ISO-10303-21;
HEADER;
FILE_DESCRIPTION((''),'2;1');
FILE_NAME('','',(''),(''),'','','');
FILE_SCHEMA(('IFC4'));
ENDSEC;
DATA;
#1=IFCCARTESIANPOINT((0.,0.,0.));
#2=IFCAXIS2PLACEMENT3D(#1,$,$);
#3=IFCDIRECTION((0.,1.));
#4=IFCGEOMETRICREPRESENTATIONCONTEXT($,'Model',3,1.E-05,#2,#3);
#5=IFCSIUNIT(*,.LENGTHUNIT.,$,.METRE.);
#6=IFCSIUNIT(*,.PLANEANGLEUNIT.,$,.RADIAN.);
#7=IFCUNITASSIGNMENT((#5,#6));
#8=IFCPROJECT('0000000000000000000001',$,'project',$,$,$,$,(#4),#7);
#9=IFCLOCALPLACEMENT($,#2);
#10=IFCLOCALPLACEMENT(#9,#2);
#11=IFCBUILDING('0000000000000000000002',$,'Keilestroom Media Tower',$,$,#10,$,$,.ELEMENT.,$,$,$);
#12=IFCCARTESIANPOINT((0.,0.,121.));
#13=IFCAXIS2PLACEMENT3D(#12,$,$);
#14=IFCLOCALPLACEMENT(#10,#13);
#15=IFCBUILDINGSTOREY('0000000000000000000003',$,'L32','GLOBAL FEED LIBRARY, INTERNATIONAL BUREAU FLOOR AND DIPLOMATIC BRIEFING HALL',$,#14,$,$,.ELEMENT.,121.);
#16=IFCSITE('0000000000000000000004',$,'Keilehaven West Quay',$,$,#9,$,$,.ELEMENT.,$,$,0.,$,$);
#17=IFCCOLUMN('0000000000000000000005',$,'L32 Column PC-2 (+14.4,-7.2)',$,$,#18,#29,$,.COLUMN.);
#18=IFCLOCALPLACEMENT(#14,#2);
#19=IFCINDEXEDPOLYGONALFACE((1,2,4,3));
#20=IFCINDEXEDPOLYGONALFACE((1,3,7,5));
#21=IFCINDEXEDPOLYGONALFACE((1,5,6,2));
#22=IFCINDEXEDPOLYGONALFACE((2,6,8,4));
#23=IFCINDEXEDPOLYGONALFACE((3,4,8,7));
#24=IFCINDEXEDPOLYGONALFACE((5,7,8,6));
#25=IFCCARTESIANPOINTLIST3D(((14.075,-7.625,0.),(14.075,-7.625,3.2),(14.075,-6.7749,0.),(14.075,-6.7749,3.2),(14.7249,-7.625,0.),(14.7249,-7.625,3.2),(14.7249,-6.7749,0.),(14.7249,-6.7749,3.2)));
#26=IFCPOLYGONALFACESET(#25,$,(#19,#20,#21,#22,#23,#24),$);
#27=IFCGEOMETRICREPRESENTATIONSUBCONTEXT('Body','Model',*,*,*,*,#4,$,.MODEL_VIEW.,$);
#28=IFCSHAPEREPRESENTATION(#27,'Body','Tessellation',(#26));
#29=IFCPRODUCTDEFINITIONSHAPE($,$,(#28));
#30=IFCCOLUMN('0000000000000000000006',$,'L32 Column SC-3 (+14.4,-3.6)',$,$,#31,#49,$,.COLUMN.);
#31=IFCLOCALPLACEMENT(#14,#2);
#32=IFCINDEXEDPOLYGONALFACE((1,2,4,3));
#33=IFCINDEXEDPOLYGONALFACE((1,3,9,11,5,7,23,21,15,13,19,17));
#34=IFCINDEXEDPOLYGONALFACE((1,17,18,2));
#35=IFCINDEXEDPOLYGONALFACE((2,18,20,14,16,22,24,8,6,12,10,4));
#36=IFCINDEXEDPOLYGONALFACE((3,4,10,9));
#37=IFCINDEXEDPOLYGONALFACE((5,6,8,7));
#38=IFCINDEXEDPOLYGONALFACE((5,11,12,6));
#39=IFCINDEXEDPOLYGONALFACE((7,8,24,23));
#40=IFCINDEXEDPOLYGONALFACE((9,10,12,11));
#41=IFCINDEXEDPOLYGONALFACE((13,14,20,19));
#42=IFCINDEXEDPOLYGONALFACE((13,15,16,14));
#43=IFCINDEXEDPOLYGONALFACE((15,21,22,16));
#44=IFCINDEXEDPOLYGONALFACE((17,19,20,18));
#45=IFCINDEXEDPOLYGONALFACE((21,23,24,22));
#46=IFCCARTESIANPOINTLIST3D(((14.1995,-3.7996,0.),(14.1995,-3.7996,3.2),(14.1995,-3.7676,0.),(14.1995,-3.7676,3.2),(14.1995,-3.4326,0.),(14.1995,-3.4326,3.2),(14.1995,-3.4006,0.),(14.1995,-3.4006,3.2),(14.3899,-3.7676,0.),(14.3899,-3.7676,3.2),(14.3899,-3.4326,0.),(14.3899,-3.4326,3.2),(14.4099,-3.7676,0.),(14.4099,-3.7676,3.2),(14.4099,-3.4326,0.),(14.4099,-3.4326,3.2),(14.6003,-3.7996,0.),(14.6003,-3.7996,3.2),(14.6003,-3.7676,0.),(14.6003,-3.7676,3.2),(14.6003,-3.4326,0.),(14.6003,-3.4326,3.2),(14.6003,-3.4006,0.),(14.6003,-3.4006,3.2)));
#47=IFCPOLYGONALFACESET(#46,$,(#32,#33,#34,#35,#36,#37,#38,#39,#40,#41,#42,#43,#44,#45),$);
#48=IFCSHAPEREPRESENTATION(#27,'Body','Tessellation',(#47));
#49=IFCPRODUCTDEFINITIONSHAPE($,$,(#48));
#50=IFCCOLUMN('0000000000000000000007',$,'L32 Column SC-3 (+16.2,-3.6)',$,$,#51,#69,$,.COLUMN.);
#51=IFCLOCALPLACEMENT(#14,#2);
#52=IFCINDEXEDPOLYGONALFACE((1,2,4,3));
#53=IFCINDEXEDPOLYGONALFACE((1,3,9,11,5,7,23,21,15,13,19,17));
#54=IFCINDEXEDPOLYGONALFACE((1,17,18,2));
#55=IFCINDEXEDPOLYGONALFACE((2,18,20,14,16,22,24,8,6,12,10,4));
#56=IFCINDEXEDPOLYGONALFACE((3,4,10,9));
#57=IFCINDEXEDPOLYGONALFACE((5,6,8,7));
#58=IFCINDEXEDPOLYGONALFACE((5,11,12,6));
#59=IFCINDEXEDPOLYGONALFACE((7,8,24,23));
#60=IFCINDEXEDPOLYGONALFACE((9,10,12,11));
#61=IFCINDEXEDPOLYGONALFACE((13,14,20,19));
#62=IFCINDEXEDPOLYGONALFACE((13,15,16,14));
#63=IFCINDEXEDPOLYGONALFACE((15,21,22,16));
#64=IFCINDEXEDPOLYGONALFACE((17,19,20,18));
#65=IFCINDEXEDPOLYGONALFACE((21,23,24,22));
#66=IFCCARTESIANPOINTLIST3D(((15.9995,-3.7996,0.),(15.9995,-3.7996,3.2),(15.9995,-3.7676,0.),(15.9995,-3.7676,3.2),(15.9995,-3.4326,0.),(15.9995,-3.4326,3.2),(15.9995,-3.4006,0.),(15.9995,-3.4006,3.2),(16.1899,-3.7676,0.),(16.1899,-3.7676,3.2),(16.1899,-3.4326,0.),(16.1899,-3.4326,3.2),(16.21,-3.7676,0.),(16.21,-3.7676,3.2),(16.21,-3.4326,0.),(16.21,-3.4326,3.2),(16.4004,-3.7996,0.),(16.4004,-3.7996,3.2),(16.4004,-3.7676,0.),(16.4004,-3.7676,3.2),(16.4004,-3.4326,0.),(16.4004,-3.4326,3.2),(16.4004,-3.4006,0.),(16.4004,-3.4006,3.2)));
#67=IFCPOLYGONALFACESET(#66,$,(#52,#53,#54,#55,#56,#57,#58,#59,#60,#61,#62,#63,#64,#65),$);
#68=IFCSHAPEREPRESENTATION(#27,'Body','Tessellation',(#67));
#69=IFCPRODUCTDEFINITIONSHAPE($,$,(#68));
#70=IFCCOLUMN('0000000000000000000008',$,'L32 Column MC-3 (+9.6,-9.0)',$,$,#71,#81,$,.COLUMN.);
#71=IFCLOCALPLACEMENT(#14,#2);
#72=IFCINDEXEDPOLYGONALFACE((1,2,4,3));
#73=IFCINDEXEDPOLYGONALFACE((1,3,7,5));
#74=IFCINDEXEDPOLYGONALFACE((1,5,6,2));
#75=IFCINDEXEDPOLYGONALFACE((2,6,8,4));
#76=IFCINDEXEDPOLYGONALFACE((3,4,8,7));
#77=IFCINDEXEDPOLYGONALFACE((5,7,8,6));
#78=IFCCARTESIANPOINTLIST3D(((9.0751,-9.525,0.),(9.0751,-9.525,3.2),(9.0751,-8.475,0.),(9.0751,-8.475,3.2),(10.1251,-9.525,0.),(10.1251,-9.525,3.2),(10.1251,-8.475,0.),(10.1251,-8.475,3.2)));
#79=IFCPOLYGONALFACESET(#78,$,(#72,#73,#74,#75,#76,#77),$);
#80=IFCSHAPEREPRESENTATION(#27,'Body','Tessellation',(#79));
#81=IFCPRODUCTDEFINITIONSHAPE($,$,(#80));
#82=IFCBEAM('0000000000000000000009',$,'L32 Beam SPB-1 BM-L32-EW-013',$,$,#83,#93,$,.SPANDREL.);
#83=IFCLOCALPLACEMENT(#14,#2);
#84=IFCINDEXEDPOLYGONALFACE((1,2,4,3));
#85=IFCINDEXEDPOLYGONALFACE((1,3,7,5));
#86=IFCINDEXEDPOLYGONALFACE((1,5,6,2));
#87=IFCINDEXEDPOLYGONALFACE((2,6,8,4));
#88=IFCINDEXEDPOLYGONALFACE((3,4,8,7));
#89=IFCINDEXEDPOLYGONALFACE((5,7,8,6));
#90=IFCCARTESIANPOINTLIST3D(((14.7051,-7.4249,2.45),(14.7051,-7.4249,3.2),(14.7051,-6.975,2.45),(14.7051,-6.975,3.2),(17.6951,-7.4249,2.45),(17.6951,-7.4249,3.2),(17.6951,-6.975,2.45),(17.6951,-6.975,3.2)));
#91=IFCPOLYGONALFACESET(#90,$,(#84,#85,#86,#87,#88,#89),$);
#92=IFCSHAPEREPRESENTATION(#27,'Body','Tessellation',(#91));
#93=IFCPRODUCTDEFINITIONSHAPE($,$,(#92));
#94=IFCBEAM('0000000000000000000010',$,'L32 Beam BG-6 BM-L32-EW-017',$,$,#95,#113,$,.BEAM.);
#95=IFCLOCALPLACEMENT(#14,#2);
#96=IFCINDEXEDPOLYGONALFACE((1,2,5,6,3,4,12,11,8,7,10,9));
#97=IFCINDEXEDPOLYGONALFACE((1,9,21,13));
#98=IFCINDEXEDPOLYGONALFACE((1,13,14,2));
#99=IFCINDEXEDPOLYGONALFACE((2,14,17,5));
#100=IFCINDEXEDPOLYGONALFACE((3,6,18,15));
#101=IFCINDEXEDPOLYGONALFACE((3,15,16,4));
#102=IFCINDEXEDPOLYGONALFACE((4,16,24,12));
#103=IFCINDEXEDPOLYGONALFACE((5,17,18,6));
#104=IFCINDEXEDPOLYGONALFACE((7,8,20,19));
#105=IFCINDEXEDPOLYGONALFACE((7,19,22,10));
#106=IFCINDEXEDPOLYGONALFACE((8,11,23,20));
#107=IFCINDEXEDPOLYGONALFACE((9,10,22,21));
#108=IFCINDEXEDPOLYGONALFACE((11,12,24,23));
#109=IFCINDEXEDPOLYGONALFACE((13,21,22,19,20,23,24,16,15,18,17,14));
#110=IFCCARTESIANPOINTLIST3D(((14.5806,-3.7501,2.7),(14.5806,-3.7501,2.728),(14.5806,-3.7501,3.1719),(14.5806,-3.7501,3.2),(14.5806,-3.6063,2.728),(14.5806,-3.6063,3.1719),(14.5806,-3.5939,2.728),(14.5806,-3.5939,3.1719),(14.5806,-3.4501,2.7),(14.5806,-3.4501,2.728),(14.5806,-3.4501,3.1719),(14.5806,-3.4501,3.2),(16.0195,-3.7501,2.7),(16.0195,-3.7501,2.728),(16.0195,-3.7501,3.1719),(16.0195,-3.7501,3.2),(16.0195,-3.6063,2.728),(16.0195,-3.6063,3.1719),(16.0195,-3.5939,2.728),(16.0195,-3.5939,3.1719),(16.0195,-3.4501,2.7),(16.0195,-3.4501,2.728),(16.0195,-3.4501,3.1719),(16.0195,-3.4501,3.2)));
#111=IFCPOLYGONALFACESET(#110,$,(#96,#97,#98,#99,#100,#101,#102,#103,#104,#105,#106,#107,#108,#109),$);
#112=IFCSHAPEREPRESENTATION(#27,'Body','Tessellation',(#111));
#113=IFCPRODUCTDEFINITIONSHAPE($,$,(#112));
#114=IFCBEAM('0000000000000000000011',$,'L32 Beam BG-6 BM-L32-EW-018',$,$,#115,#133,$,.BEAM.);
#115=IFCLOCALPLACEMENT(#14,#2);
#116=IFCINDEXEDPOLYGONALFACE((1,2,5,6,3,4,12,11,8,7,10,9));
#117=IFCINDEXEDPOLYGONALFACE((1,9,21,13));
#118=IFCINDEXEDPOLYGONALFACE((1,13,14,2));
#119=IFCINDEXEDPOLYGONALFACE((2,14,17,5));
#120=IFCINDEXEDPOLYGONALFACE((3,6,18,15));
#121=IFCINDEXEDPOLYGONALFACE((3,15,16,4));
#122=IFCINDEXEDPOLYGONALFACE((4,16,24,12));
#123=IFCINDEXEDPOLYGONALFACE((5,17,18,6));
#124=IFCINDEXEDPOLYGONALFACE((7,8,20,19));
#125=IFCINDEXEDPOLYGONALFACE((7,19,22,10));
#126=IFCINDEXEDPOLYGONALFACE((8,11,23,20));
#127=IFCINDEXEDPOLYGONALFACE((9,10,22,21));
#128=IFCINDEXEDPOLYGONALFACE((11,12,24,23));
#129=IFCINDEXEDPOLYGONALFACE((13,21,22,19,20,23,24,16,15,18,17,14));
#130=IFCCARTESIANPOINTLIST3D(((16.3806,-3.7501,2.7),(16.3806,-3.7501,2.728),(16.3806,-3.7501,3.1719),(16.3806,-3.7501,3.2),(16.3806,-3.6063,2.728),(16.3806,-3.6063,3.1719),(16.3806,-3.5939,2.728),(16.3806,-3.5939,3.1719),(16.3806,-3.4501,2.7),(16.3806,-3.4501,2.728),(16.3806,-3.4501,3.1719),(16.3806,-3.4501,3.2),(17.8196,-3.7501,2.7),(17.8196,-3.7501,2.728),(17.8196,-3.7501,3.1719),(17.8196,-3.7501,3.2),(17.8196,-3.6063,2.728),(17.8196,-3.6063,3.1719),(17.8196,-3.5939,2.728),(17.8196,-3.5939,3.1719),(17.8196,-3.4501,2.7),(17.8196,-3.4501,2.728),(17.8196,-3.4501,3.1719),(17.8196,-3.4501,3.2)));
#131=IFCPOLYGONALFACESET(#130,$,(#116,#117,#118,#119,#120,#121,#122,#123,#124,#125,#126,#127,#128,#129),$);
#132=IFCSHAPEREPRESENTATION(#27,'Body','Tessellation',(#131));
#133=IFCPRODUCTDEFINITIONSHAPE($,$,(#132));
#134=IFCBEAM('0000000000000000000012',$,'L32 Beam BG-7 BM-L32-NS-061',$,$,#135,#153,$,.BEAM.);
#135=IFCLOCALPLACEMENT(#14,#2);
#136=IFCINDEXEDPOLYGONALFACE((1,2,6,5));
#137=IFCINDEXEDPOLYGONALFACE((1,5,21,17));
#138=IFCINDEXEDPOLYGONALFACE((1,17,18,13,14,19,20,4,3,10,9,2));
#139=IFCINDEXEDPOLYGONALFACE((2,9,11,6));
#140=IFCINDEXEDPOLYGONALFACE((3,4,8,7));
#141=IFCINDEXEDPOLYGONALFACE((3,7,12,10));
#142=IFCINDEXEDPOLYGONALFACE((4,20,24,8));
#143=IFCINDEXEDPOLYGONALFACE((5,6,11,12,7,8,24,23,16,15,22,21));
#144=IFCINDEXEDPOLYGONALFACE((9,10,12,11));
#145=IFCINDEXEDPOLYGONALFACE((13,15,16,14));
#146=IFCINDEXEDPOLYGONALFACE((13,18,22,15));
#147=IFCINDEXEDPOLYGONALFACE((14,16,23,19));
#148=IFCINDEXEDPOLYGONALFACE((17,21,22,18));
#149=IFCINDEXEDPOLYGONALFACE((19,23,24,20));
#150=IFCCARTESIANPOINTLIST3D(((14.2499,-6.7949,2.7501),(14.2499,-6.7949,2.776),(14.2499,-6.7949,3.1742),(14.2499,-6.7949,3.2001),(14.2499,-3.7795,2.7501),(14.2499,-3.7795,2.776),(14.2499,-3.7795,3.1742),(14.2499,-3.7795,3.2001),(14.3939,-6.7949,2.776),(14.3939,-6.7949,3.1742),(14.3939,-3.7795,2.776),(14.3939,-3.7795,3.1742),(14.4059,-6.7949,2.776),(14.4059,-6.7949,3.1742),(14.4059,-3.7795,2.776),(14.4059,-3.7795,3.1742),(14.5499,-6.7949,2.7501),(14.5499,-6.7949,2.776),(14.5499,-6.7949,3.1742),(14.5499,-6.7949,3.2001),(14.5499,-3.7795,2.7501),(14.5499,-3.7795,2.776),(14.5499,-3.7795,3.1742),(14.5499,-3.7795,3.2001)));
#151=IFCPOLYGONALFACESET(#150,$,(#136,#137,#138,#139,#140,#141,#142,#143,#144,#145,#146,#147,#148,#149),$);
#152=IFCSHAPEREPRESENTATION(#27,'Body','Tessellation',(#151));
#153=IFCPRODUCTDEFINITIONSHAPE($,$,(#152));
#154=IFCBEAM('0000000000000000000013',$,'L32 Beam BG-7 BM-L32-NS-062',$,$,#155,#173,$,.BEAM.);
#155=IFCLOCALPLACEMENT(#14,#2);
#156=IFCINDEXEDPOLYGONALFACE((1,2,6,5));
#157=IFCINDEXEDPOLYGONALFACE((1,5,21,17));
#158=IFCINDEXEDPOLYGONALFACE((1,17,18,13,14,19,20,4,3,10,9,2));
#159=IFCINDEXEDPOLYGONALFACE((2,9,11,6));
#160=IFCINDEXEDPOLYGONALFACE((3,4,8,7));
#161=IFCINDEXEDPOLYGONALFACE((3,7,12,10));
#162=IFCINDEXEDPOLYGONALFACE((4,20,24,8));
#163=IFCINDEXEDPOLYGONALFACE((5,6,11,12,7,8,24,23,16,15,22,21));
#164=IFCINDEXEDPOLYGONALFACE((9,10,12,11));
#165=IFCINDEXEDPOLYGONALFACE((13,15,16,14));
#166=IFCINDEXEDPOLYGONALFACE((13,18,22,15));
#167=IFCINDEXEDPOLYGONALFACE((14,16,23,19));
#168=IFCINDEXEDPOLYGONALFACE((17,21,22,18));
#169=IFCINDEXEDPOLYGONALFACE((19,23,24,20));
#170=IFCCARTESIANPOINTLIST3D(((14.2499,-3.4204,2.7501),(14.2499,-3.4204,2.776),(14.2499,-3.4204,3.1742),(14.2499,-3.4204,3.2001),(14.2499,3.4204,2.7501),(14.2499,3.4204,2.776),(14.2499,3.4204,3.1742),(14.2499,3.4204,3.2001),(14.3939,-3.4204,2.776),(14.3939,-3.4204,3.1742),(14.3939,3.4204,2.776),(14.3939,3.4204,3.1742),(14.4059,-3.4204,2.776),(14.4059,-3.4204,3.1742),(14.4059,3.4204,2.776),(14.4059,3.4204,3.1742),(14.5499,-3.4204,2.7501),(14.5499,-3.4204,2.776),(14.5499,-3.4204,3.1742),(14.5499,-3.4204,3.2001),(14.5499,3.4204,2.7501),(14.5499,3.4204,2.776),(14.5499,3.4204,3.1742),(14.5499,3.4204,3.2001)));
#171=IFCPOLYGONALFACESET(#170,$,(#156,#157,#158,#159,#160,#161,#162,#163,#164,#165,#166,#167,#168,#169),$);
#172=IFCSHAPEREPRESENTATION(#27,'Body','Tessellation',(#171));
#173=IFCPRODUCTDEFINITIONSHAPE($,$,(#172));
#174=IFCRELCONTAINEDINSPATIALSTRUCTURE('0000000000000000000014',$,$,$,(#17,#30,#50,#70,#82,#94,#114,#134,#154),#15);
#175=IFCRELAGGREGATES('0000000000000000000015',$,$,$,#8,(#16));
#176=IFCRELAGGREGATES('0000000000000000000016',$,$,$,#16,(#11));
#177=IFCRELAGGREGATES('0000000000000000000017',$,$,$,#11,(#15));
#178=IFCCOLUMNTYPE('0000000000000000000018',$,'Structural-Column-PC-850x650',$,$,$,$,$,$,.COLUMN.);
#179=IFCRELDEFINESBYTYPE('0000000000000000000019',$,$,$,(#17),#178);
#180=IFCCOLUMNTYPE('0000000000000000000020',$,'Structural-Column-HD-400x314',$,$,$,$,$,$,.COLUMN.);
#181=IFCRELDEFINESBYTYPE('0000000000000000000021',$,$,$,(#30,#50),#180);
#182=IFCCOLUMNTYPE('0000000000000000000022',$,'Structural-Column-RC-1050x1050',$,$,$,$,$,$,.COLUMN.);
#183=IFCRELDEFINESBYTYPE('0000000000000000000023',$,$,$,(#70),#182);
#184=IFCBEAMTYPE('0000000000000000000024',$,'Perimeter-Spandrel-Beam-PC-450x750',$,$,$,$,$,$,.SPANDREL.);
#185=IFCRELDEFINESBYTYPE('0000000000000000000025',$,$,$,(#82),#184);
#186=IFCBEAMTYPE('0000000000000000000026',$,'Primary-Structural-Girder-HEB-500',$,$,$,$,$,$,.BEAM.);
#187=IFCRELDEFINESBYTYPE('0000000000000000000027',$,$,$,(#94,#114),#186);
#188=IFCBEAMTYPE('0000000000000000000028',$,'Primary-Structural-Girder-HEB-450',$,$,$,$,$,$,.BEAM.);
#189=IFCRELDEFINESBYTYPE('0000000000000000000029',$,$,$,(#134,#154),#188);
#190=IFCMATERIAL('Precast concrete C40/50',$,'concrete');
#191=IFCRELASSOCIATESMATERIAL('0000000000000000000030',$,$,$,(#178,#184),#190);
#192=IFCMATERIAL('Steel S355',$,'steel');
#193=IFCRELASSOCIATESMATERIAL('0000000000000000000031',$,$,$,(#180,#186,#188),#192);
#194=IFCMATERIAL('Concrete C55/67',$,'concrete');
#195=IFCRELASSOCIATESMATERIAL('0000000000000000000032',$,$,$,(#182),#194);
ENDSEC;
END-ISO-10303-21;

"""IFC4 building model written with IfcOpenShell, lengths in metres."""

from ifc_helpers import new_model, si_unit, direction, frame, origin, origin_2d, place, context, subcontext, project, spatial, rectangle, i_section, extrude, source, transform, mapped, material, material_profile, profile_set, type_object, element, save


model = new_model("IFC4")

# Units and contexts
model_context = context("Model", 3, precision=1e-05, world=origin(), true_north=direction((0.0, 1.0)))
body_context = subcontext(model_context, "Body", "Model", "MODEL_VIEW")
ifc_project = project(units=[si_unit("LENGTHUNIT", "METRE"), si_unit("PLANEANGLEUNIT", "RADIAN")], contexts=[model_context])

# Site, building, storey
site_placement = place(None, origin())
site = spatial("IfcSite", under=ifc_project, at=site_placement, Name="Keilehaven West Quay", CompositionType="ELEMENT", RefElevation=0.0)
building_placement = place(site_placement, origin())
building = spatial("IfcBuilding", under=site, at=building_placement, Name="Keilestroom Media Tower", CompositionType="ELEMENT")
storey_placement = place(building_placement, frame((0.0, 0.0, 121.0)))
storey = spatial("IfcBuildingStorey", under=building, at=storey_placement, Name="L32", Description="GLOBAL FEED LIBRARY, INTERNATIONAL BUREAU FLOOR AND DIPLOMATIC BRIEFING HALL", CompositionType="ELEMENT", Elevation=121.0)

# Columns
ifc_material_1 = material(Name="Precast concrete C40/50", Category="concrete")
ifc_material_profile_1 = material_profile(ifc_material_1, rectangle(XDim=0.6499, YDim=0.8501, at=origin_2d()), Name="PC 850x650")
ifc_profile_set_1 = profile_set([ifc_material_profile_1], Name="Precast concrete C40/50")
column_type_1 = type_object("IfcColumnType", Name="Structural-Column-PC-850x650", PredefinedType="COLUMN", material=ifc_profile_set_1)
shared_shape_1 = source(origin(), body_context, "Body", "SweptSolid", [
    extrude(rectangle(XDim=0.6499, YDim=0.8501, at=origin_2d()), origin(), (0.0, 0.0, 1.0), 3.2),
])
column_1_placement = place(storey_placement, frame((14.3999, -7.2, 0.0), z_axis=(0.0, 0.0, 1.0), x_axis=(1.0, 0.0, 0.0)))
element("IfcColumn", 1, at=column_1_placement, inside=storey, type_object=column_type_1, Name="L32 Column PC-2 (+14.4,-7.2)", PredefinedType="COLUMN", context=body_context, shape_type="MappedRepresentation", body=[
    mapped(shared_shape_1, transform((0.0, 0.0, 0.0), x_axis=(1.0, 0.0, 0.0), y_axis=(0.0, 1.0, 0.0), z_axis=(0.0, 0.0, 1.0), scale=1.0)),
])
ifc_material_2 = material(Name="Steel S355", Category="steel")
ifc_material_profile_2 = material_profile(ifc_material_2, i_section(OverallWidth=0.4009, OverallDepth=0.3989, WebThickness=0.02, FlangeThickness=0.032, at=origin_2d()), Name="HD 400x314")
ifc_profile_set_2 = profile_set([ifc_material_profile_2], Name="Steel S355")
column_type_2 = type_object("IfcColumnType", Name="Structural-Column-HD-400x314", PredefinedType="COLUMN", material=ifc_profile_set_2)
shared_shape_2 = source(origin(), body_context, "Body", "SweptSolid", [
    extrude(i_section(OverallWidth=0.4009, OverallDepth=0.3989, WebThickness=0.02, FlangeThickness=0.032, at=origin_2d()), origin(), (0.0, 0.0, 1.0), 3.2),
])
for number, where, z_axis, x_axis, name in (
    (2, (14.3999, -3.6001, 0.0), (0.0, 0.0, 1.0), (1.0, 0.0, 0.0), "L32 Column SC-3 (+14.4,-3.6)"),
    (3, (16.2, -3.6001, 0.0), (0.0, 0.0, 1.0), (1.0, 0.0, 0.0), "L32 Column SC-3 (+16.2,-3.6)"),
):
    element("IfcColumn", number, at=place(storey_placement, frame(where, z_axis=z_axis, x_axis=x_axis)), inside=storey, type_object=column_type_2, Name=name, PredefinedType="COLUMN", context=body_context, shape_type="MappedRepresentation", body=[
        mapped(shared_shape_2, transform((0.0, 0.0, 0.0), x_axis=(1.0, 0.0, 0.0), y_axis=(0.0, 1.0, 0.0), z_axis=(0.0, 0.0, 1.0), scale=1.0)),
    ])
ifc_material_3 = material(Name="Concrete C55/67", Category="concrete")
ifc_material_profile_3 = material_profile(ifc_material_3, rectangle(XDim=1.05, YDim=1.05, at=origin_2d()), Name="RC 1050x1050")
ifc_profile_set_3 = profile_set([ifc_material_profile_3], Name="Concrete C55/67")
column_type_3 = type_object("IfcColumnType", Name="Structural-Column-RC-1050x1050", PredefinedType="COLUMN", material=ifc_profile_set_3)
shared_shape_3 = source(origin(), body_context, "Body", "SweptSolid", [
    extrude(rectangle(XDim=1.05, YDim=1.05, at=origin_2d()), origin(), (0.0, 0.0, 1.0), 3.2),
])
column_2_placement = place(storey_placement, frame((9.6001, -9.0, 0.0), z_axis=(0.0, 0.0, 1.0), x_axis=(1.0, 0.0, 0.0)))
element("IfcColumn", 4, at=column_2_placement, inside=storey, type_object=column_type_3, Name="L32 Column MC-3 (+9.6,-9.0)", PredefinedType="COLUMN", context=body_context, shape_type="MappedRepresentation", body=[
    mapped(shared_shape_3, transform((0.0, 0.0, 0.0), x_axis=(1.0, 0.0, 0.0), y_axis=(0.0, 1.0, 0.0), z_axis=(0.0, 0.0, 1.0), scale=1.0)),
])

# Beams
ifc_material_profile_4 = material_profile(ifc_material_1, rectangle(XDim=0.45, YDim=0.75, at=origin_2d()), Name="PC 450x750")
ifc_profile_set_4 = profile_set([ifc_material_profile_4], Name="Precast concrete C40/50")
beam_type_1 = type_object("IfcBeamType", Name="Perimeter-Spandrel-Beam-PC-450x750", PredefinedType="SPANDREL", material=ifc_profile_set_4)
shared_shape_4 = source(origin(), body_context, "Body", "SweptSolid", [
    extrude(rectangle(XDim=0.45, YDim=0.75, at=origin_2d()), origin(), (0.0, 0.0, 1.0), 2.99),
])
beam_1_placement = place(storey_placement, frame((14.7051, -7.2, 2.825), z_axis=(1.0, 0.0, 0.0), x_axis=(0.0, 1.0, 0.0)))
element("IfcBeam", 5, at=beam_1_placement, inside=storey, type_object=beam_type_1, Name="L32 Beam SPB-1 BM-L32-EW-013", PredefinedType="SPANDREL", context=body_context, shape_type="MappedRepresentation", body=[
    mapped(shared_shape_4, transform((0.0, 0.0, 0.0), x_axis=(1.0, 0.0, 0.0), y_axis=(0.0, 1.0, 0.0), z_axis=(0.0, 0.0, 1.0), scale=1.0)),
])
ifc_material_profile_5 = material_profile(ifc_material_2, i_section(OverallWidth=0.3, OverallDepth=0.5, WebThickness=0.0125, FlangeThickness=0.0281, at=origin_2d()), Name="HEB 500")
ifc_profile_set_5 = profile_set([ifc_material_profile_5], Name="Steel S355")
beam_type_2 = type_object("IfcBeamType", Name="Primary-Structural-Girder-HEB-500", PredefinedType="BEAM", material=ifc_profile_set_5)
shared_shape_5 = source(origin(), body_context, "Body", "SweptSolid", [
    extrude(i_section(OverallWidth=0.3, OverallDepth=0.5, WebThickness=0.0125, FlangeThickness=0.0281, at=origin_2d()), origin(), (0.0, 0.0, 1.0), 1.439),
])
for number, where, z_axis, x_axis, name in (
    (6, (14.5806, -3.6001, 2.95), (1.0, 0.0, 0.0), (0.0, 1.0, 0.0), "L32 Beam BG-6 BM-L32-EW-017"),
    (7, (16.3806, -3.6001, 2.95), (1.0, 0.0, 0.0), (0.0, 1.0, 0.0), "L32 Beam BG-6 BM-L32-EW-018"),
):
    element("IfcBeam", number, at=place(storey_placement, frame(where, z_axis=z_axis, x_axis=x_axis)), inside=storey, type_object=beam_type_2, Name=name, PredefinedType="BEAM", context=body_context, shape_type="MappedRepresentation", body=[
        mapped(shared_shape_5, transform((0.0, 0.0, 0.0), x_axis=(1.0, 0.0, 0.0), y_axis=(0.0, 1.0, 0.0), z_axis=(0.0, 0.0, 1.0), scale=1.0)),
    ])
ifc_material_profile_6 = material_profile(ifc_material_2, i_section(OverallWidth=0.3, OverallDepth=0.45, WebThickness=0.012, FlangeThickness=0.0259, at=origin_2d()), Name="HEB 450")
ifc_profile_set_6 = profile_set([ifc_material_profile_6], Name="Steel S355")
beam_type_3 = type_object("IfcBeamType", Name="Primary-Structural-Girder-HEB-450", PredefinedType="BEAM", material=ifc_profile_set_6)
shared_shape_6 = source(origin(), body_context, "Body", "SweptSolid", [
    extrude(i_section(OverallWidth=0.3, OverallDepth=0.45, WebThickness=0.012, FlangeThickness=0.0259, at=origin_2d()), origin(), (0.0, 0.0, 1.0), 3.0154),
])
beam_2_placement = place(storey_placement, frame((14.3999, -6.7949, 2.9751), z_axis=(0.0, 1.0, 0.0), x_axis=(-1.0, 0.0, 0.0)))
element("IfcBeam", 8, at=beam_2_placement, inside=storey, type_object=beam_type_3, Name="L32 Beam BG-7 BM-L32-NS-061", PredefinedType="BEAM", context=body_context, shape_type="MappedRepresentation", body=[
    mapped(shared_shape_6, transform((0.0, 0.0, 0.0), x_axis=(1.0, 0.0, 0.0), y_axis=(0.0, 1.0, 0.0), z_axis=(0.0, 0.0, 1.0), scale=1.0)),
])
shared_shape_7 = source(origin(), body_context, "Body", "SweptSolid", [
    extrude(i_section(OverallWidth=0.3, OverallDepth=0.45, WebThickness=0.012, FlangeThickness=0.0259, at=origin_2d()), origin(), (0.0, 0.0, 1.0), 6.8408),
])
for number, where, z_axis, x_axis, name in (
    (9, (14.3999, -3.4204, 2.9751), (0.0, 1.0, 0.0), (-1.0, 0.0, 0.0), "L32 Beam BG-7 BM-L32-NS-062"),
):
    element("IfcBeam", number, at=place(storey_placement, frame(where, z_axis=z_axis, x_axis=x_axis)), inside=storey, type_object=beam_type_3, Name=name, PredefinedType="BEAM", context=body_context, shape_type="MappedRepresentation", body=[
        mapped(shared_shape_7, transform((0.0, 0.0, 0.0), x_axis=(1.0, 0.0, 0.0), y_axis=(0.0, 1.0, 0.0), z_axis=(0.0, 0.0, 1.0), scale=1.0)),
    ])

save(model, "model.ifc")
